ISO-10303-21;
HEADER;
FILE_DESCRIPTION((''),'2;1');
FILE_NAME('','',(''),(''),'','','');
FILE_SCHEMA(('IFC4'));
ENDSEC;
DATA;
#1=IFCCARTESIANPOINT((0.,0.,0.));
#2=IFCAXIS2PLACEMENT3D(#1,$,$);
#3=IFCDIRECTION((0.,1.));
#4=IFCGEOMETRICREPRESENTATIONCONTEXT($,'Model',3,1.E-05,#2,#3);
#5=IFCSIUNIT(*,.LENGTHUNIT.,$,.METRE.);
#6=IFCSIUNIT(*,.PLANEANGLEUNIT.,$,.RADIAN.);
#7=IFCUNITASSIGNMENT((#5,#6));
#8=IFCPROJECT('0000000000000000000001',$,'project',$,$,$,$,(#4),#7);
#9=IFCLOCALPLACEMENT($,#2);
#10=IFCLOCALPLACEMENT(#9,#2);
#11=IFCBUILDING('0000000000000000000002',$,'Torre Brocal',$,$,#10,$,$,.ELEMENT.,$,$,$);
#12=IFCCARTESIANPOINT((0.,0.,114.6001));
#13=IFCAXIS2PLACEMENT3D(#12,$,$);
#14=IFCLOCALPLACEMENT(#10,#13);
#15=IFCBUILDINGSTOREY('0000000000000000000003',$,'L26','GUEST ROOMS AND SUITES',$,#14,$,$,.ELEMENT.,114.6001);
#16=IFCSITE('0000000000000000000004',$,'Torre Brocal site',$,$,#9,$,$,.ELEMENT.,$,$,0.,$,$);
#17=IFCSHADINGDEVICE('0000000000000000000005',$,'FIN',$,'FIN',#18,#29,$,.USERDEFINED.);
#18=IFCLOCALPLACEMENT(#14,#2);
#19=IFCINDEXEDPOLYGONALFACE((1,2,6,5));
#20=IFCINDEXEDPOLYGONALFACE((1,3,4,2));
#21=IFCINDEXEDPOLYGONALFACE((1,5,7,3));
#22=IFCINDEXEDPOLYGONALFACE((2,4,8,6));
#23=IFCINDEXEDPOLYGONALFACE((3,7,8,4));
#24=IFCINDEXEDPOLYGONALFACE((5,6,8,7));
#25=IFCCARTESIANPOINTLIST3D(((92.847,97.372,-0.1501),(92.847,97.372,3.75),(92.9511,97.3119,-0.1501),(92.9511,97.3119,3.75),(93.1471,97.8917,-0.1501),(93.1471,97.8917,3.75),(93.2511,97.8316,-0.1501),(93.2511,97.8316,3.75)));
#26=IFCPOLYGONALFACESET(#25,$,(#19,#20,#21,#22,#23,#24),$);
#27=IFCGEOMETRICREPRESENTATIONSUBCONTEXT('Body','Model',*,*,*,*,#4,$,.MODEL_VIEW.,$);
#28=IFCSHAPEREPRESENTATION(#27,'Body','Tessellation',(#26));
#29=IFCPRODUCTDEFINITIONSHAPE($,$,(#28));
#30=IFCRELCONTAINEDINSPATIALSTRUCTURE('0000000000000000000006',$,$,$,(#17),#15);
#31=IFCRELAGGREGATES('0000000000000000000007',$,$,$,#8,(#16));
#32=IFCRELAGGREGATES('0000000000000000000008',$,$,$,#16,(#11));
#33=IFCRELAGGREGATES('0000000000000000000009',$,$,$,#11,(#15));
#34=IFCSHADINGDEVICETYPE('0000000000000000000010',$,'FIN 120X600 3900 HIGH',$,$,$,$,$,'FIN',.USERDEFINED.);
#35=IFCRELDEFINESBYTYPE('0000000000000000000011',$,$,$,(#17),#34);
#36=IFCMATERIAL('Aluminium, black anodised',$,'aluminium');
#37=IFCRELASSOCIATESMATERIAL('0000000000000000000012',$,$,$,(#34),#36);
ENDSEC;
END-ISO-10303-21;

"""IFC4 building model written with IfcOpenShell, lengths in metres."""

from ifc_helpers import new_model, si_unit, direction, frame, origin, origin_2d, place, context, subcontext, project, spatial, rectangle, extrude, material, material_profile, profile_set, type_object, element, save


model = new_model("IFC4")

# Units and contexts
model_context = context("Model", 3, precision=1e-05, world=origin(), true_north=direction((0.0, 1.0)))
body_context = subcontext(model_context, "Body", "Model", "MODEL_VIEW")
ifc_project = project(units=[si_unit("LENGTHUNIT", "METRE"), si_unit("PLANEANGLEUNIT", "RADIAN")], contexts=[model_context])

# Site, building, storey
site_placement = place(None, origin())
site = spatial("IfcSite", under=ifc_project, at=site_placement, Name="Torre Brocal site", CompositionType="ELEMENT", RefElevation=0.0)
building_placement = place(site_placement, origin())
building = spatial("IfcBuilding", under=site, at=building_placement, Name="Torre Brocal", CompositionType="ELEMENT")
storey_placement = place(building_placement, frame((0.0, 0.0, 114.6001)))
storey = spatial("IfcBuildingStorey", under=building, at=storey_placement, Name="L26", Description="GUEST ROOMS AND SUITES", CompositionType="ELEMENT", Elevation=114.6001)

# Shading device
ifc_material_1 = material(Name="Aluminium, black anodised", Category="aluminium")
ifc_material_profile_1 = material_profile(ifc_material_1, rectangle(XDim=0.1201, YDim=0.6001, at=origin_2d()), Name="FIN 120X600 3900 HIGH")
ifc_profile_set_1 = profile_set([ifc_material_profile_1], Name="Aluminium, black anodised")
shading_device_type = type_object("IfcShadingDeviceType", Name="FIN 120X600 3900 HIGH", ElementType="FIN", PredefinedType="USERDEFINED", material=ifc_profile_set_1)
for number, where, z_axis, x_axis, name in (
    (1, (93.0491, 97.6018, -0.1501), (0.0, 0.0, 1.0), (-0.866025, 0.5, 0.0), "FIN"),
):
    element("IfcShadingDevice", number, at=place(storey_placement, frame(where, z_axis=z_axis, x_axis=x_axis)), inside=storey, type_object=shading_device_type, Name=name, ObjectType="FIN", PredefinedType="USERDEFINED", context=body_context, shape_type="SweptSolid", body=[
        extrude(rectangle(XDim=0.1201, YDim=0.6001, at=origin_2d()), origin(), (0.0, 0.0, 1.0), 3.9001),
    ])

save(model, "model.ifc")
